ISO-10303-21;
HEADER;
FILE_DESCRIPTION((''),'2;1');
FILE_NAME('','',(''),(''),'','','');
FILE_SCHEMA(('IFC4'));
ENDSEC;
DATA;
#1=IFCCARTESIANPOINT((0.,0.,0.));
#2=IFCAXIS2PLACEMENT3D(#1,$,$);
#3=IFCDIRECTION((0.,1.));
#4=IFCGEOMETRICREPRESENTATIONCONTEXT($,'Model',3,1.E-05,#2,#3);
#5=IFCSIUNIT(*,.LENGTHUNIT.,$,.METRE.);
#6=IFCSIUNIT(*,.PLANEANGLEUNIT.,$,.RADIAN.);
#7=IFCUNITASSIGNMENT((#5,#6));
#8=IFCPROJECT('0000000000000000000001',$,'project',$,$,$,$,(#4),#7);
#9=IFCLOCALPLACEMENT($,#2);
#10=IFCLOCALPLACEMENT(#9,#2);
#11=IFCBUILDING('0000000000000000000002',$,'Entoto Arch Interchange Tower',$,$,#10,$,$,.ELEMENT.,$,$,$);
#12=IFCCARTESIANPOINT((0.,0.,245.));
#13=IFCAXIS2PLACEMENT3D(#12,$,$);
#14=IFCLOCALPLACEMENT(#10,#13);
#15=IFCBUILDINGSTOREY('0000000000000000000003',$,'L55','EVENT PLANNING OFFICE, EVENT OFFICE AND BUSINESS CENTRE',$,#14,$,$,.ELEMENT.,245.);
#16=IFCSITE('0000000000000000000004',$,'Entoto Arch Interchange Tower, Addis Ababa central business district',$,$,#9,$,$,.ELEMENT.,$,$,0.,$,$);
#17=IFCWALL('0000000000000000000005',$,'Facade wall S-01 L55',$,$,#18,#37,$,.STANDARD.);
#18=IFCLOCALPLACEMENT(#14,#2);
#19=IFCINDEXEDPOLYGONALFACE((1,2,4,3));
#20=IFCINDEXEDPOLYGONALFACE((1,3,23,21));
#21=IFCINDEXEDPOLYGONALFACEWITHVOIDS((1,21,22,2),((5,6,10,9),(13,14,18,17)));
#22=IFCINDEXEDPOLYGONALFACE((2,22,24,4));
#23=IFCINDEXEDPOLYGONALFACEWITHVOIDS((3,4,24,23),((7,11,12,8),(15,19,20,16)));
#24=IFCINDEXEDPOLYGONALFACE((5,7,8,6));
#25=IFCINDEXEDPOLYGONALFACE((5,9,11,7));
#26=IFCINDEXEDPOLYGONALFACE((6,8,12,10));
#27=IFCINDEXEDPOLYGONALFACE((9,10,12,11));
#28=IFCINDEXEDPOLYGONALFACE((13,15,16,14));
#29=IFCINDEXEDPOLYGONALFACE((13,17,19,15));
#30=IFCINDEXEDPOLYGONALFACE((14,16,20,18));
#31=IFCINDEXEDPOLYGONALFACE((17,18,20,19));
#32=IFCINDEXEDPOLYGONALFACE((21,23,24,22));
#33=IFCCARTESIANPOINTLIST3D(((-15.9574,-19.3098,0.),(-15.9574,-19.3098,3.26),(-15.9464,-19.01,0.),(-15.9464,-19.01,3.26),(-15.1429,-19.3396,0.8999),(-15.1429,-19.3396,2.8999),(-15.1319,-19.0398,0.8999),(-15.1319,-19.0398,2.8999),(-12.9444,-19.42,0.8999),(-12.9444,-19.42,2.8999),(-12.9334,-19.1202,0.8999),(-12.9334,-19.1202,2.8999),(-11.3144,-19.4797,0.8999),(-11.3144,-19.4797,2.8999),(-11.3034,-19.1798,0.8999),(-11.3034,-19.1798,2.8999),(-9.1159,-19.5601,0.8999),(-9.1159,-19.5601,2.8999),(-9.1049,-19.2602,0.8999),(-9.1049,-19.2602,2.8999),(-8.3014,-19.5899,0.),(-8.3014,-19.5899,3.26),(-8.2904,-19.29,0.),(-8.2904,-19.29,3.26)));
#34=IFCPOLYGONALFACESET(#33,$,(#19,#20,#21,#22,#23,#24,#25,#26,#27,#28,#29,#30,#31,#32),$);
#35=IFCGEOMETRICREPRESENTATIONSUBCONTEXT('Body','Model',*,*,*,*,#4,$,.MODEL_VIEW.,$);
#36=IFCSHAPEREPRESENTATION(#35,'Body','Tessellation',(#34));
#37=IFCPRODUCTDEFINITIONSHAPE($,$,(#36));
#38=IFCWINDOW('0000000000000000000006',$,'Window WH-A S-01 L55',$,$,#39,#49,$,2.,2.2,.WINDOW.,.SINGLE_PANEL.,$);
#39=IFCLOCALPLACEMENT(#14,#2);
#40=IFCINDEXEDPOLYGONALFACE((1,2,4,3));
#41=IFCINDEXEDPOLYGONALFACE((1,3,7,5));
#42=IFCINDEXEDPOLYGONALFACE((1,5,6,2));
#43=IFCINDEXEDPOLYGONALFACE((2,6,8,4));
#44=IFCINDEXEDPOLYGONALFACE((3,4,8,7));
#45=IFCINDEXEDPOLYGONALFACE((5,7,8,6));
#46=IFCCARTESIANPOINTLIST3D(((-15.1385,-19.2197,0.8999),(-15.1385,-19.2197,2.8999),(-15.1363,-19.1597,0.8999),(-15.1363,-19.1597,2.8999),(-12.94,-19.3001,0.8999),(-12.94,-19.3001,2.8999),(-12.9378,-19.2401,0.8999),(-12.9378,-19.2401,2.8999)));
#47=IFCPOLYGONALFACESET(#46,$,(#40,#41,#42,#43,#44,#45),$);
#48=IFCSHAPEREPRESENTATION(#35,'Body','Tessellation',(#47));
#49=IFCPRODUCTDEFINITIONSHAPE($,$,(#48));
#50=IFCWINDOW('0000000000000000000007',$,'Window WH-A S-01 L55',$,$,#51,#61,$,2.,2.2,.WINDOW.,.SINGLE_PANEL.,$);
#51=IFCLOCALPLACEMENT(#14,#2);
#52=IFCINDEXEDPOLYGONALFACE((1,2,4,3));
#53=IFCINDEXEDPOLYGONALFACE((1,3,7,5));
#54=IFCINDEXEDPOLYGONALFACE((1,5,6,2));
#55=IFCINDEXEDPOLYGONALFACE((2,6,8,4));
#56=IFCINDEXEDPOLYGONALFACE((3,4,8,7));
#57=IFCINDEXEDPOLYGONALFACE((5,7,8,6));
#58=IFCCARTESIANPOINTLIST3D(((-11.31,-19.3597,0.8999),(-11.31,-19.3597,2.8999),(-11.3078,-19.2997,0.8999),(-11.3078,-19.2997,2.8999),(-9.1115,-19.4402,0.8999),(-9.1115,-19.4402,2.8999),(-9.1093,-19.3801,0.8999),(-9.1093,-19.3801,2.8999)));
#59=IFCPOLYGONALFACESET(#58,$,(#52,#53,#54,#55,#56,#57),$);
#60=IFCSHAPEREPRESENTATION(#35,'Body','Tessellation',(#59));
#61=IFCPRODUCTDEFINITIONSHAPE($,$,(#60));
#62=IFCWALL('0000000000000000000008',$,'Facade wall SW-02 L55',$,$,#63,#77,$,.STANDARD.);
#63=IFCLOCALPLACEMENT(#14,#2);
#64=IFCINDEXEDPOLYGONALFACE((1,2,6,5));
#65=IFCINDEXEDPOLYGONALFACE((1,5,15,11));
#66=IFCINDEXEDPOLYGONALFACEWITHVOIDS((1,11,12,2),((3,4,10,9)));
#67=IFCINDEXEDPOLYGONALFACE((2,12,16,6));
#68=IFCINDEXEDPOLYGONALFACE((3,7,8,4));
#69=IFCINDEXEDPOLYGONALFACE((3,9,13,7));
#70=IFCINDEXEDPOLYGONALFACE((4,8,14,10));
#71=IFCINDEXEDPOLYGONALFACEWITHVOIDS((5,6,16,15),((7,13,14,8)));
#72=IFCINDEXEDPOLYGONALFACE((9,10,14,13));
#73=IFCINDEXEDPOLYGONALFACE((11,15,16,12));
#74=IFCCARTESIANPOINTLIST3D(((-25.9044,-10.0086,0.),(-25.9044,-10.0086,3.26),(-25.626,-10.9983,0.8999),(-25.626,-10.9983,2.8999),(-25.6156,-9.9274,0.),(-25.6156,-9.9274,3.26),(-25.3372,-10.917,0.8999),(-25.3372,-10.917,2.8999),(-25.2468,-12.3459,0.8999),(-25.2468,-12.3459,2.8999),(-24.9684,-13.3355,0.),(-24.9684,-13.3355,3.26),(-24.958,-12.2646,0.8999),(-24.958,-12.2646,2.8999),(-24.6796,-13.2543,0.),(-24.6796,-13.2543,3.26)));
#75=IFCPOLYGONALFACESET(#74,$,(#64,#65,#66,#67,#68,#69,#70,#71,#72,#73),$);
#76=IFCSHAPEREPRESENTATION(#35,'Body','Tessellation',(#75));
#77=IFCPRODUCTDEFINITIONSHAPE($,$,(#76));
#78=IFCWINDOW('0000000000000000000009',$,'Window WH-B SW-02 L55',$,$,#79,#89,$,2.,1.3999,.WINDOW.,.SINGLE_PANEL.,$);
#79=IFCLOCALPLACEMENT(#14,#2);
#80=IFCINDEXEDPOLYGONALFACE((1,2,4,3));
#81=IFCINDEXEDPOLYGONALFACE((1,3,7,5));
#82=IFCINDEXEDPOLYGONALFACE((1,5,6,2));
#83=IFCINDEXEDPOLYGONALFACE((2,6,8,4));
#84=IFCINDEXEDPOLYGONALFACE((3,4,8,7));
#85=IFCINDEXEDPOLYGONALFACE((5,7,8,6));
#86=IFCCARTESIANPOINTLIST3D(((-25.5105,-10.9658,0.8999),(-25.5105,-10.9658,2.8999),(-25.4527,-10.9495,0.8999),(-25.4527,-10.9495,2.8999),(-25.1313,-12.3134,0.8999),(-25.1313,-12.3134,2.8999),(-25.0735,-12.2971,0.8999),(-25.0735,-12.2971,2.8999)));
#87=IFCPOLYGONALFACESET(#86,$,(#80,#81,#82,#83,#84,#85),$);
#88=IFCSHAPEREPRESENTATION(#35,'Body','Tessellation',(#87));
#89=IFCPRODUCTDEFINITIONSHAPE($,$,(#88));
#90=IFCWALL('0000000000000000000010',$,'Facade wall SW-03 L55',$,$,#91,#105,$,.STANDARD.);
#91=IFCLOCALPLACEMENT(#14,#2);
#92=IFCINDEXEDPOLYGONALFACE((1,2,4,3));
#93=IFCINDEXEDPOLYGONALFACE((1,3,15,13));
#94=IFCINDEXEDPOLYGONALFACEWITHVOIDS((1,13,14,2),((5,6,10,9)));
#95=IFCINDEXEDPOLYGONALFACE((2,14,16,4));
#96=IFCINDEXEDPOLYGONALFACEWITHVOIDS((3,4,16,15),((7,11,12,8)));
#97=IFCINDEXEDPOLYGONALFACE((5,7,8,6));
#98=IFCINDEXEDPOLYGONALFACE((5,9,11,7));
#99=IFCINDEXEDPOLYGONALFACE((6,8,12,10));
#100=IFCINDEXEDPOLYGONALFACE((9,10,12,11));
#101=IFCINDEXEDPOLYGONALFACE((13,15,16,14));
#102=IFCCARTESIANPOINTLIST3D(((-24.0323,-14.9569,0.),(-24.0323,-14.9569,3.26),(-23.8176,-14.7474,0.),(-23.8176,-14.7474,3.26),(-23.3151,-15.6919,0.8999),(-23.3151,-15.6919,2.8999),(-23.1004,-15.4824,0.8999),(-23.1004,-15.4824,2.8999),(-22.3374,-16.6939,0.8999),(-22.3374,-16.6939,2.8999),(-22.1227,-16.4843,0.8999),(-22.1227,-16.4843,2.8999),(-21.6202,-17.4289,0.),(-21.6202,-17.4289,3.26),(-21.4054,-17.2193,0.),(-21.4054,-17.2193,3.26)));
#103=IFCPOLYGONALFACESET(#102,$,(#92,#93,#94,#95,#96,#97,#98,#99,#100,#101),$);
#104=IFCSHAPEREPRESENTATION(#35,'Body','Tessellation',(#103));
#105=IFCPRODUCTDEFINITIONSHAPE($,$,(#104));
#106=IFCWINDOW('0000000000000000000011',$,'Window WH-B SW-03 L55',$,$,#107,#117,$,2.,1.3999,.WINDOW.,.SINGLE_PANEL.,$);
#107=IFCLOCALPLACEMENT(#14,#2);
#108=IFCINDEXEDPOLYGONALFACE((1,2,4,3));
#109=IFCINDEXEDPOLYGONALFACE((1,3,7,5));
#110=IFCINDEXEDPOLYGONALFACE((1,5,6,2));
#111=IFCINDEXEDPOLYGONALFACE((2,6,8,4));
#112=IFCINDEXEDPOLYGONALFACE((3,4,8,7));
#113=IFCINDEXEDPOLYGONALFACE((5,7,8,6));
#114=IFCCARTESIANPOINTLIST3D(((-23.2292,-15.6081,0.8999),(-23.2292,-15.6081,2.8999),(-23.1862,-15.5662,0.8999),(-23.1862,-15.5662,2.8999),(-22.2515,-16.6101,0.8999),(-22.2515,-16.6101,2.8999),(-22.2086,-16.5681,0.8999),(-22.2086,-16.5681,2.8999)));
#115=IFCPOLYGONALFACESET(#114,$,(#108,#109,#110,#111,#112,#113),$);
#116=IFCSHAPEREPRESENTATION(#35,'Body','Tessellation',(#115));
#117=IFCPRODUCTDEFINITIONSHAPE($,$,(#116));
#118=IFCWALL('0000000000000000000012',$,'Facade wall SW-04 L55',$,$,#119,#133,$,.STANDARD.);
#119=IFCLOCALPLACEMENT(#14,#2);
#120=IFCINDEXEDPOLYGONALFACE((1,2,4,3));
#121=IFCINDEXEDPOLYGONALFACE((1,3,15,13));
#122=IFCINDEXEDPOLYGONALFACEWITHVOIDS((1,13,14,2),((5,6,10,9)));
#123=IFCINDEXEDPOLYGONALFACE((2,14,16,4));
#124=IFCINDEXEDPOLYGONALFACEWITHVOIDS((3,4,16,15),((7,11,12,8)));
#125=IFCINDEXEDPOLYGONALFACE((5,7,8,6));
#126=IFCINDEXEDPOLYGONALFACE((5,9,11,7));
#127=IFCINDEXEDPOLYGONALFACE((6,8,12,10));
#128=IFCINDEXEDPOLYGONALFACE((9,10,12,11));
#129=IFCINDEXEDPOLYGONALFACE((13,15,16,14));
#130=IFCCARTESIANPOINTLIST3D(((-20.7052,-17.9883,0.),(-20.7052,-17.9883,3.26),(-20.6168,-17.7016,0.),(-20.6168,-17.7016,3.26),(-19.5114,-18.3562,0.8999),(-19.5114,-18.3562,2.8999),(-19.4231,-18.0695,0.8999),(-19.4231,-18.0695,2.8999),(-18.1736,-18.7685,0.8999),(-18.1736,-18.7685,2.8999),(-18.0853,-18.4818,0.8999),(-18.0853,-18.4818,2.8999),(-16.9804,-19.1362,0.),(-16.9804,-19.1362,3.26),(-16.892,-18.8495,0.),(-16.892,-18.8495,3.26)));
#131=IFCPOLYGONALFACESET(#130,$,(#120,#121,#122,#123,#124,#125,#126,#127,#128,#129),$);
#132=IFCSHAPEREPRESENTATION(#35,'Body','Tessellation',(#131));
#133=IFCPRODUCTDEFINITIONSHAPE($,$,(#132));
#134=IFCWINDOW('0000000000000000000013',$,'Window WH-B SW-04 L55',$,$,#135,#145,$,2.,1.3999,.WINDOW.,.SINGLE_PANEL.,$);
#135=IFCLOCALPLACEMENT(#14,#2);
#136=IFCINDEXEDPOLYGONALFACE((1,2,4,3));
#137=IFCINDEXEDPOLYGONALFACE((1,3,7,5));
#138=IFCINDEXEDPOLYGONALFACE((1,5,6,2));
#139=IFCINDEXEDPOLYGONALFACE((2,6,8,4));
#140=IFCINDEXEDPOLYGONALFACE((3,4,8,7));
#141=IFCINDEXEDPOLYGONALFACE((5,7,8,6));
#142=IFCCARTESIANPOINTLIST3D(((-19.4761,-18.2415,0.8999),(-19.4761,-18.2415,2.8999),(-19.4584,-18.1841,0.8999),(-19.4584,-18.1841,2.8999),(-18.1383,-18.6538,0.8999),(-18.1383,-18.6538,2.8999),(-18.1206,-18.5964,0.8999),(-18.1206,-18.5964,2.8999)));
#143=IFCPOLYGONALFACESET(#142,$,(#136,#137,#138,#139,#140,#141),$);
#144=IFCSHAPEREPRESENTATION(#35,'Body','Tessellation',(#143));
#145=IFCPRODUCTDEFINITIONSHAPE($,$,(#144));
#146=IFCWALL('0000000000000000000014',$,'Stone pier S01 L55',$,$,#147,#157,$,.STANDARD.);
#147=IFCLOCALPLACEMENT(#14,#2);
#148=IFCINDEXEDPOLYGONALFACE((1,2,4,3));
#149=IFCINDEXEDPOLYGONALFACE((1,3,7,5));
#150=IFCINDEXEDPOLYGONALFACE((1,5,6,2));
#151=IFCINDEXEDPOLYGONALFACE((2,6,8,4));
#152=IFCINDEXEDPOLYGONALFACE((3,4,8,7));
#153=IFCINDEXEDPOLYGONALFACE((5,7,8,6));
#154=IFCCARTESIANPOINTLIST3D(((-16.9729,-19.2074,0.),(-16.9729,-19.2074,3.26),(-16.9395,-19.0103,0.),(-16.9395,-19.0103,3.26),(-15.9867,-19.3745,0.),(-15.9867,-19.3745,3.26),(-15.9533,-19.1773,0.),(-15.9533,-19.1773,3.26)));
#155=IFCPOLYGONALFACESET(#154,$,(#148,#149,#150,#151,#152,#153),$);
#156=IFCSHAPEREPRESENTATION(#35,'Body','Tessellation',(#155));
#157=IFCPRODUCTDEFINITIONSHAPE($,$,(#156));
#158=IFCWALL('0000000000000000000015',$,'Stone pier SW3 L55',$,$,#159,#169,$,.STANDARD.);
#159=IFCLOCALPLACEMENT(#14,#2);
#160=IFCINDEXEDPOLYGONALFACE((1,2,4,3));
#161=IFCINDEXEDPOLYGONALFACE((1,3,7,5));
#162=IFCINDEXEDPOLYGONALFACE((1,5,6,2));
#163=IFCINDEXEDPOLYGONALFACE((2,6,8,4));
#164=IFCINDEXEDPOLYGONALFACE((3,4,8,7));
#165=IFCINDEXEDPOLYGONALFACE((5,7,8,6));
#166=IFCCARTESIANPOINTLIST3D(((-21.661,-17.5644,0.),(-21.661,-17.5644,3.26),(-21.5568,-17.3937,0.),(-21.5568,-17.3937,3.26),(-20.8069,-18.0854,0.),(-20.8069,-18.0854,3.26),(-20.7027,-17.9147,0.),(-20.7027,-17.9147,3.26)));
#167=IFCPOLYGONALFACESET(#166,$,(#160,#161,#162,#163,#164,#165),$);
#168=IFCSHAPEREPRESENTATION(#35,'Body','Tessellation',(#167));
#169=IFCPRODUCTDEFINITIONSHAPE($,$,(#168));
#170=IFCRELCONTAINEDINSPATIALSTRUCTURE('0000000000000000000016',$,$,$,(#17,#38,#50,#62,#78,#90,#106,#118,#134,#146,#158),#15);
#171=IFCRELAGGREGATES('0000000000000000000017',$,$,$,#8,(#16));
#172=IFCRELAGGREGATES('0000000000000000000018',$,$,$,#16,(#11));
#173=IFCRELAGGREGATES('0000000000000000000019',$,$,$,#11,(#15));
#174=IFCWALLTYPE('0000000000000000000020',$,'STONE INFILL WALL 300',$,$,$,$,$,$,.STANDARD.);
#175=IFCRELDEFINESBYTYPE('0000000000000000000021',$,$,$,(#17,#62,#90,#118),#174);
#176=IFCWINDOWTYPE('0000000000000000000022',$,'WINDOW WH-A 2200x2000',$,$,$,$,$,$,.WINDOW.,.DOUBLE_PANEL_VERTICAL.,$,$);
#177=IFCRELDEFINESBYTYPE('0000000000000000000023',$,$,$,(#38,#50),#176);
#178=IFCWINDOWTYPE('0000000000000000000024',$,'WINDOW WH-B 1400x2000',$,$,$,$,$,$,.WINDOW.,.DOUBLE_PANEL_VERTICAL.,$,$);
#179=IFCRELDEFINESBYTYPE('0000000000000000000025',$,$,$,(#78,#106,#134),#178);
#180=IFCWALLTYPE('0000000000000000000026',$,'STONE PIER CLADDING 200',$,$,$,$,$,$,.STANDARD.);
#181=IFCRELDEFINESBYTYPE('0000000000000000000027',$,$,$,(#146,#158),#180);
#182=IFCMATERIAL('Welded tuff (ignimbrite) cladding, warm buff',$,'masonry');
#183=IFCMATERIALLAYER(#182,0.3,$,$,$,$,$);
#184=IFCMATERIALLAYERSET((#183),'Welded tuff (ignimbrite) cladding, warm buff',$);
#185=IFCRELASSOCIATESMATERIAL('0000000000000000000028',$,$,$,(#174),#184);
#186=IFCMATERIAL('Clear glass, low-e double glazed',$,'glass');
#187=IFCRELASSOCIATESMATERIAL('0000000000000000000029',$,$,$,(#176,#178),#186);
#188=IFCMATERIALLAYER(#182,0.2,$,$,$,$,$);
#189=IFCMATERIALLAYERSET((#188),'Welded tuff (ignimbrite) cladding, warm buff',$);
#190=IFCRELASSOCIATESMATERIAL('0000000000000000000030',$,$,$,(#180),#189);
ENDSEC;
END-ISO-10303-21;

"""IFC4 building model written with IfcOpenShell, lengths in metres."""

from ifc_helpers import new_model, si_unit, direction, frame, frame_2d, origin, place, context, subcontext, project, spatial, rectangle, extrude, material, layer, layer_set, type_object, element, fill, save


model = new_model("IFC4")

# Units and contexts
model_context = context("Model", 3, precision=1e-05, world=origin(), true_north=direction((0.0, 1.0)))
body_context = subcontext(model_context, "Body", "Model", "MODEL_VIEW")
ifc_project = project(units=[si_unit("LENGTHUNIT", "METRE"), si_unit("PLANEANGLEUNIT", "RADIAN")], contexts=[model_context])

# Site, building, storey
site_placement = place(None, origin())
site = spatial("IfcSite", under=ifc_project, at=site_placement, Name="Entoto Arch Interchange Tower, Addis Ababa central business district", CompositionType="ELEMENT", RefElevation=0.0)
building_placement = place(site_placement, origin())
building = spatial("IfcBuilding", under=site, at=building_placement, Name="Entoto Arch Interchange Tower", CompositionType="ELEMENT")
storey_placement = place(building_placement, frame((0.0, 0.0, 245.0)))
storey = spatial("IfcBuildingStorey", under=building, at=storey_placement, Name="L55", Description="EVENT PLANNING OFFICE, EVENT OFFICE AND BUSINESS CENTRE", CompositionType="ELEMENT", Elevation=245.0)

# Wall, openings, windows
ifc_material_1 = material(Name="Welded tuff (ignimbrite) cladding, warm buff", Category="masonry")
ifc_layer_1 = layer(ifc_material_1, 0.3)
ifc_layer_set_1 = layer_set([ifc_layer_1], Name="Welded tuff (ignimbrite) cladding, warm buff")
wall_type_1 = type_object("IfcWallType", Name="STONE INFILL WALL 300", PredefinedType="STANDARD", material=ifc_layer_set_1)
wall_1_placement = place(storey_placement, frame((-15.9519, -19.1599, 0.0), z_axis=(0.0, 0.0, 1.0), x_axis=(0.999332, -0.036552, 0.0)))
wall_1 = element("IfcWall", 1, at=wall_1_placement, inside=storey, type_object=wall_type_1, Name="Facade wall S-01 L55", PredefinedType="STANDARD", context=body_context, shape_type="SweptSolid", body=[
    extrude(rectangle(XDim=7.6611, YDim=0.3, at=frame_2d((3.8306, 0.0))), origin(), (0.0, 0.0, 1.0), 3.26),
])
opening_1_placement = place(wall_1_placement, frame((0.8149, 0.0, 0.8999)))
opening_1 = element("IfcOpeningElement", 2, at=opening_1_placement, cuts=wall_1, PredefinedType="OPENING", context=body_context, shape_type="SweptSolid", body=[
    extrude(rectangle(XDim=2.2, YDim=2.0, at=frame_2d((1.1001, 1.0))), frame((0.0, 0.1602, 0.0), z_axis=(0.0, -1.0, 0.0), x_axis=(1.0, 0.0, 0.0)), (0.0, 0.0, 1.0), 0.3201),
])
opening_2_placement = place(wall_1_placement, frame((4.646, 0.0, 0.8999)))
opening_2 = element("IfcOpeningElement", 3, at=opening_2_placement, cuts=wall_1, PredefinedType="OPENING", context=body_context, shape_type="SweptSolid", body=[
    extrude(rectangle(XDim=2.2, YDim=2.0, at=frame_2d((1.1001, 1.0))), frame((0.0, 0.1602, 0.0), z_axis=(0.0, -1.0, 0.0), x_axis=(1.0, 0.0, 0.0)), (0.0, 0.0, 1.0), 0.3201),
])
ifc_material_2 = material(Name="Clear glass, low-e double glazed", Category="glass")
window_type_1 = type_object("IfcWindowType", Name="WINDOW WH-A 2200x2000", PartitioningType="DOUBLE_PANEL_VERTICAL", PredefinedType="WINDOW", material=ifc_material_2)
window_1_placement = place(opening_1_placement, origin())
window_1 = element("IfcWindow", 4, at=window_1_placement, inside=storey, type_object=window_type_1, Name="Window WH-A S-01 L55", OverallHeight=2.0, OverallWidth=2.2, PartitioningType="SINGLE_PANEL", PredefinedType="WINDOW", context=body_context, shape_type="SweptSolid", body=[
    extrude(rectangle(XDim=2.2, YDim=2.0, at=frame_2d((1.1001, 1.0))), frame((0.0, 0.03, 0.0), z_axis=(0.0, -1.0, 0.0), x_axis=(1.0, 0.0, 0.0)), (0.0, 0.0, 1.0), 0.0601),
])
fill(opening_1, window_1)
window_2_placement = place(opening_2_placement, origin())
window_2 = element("IfcWindow", 5, at=window_2_placement, inside=storey, type_object=window_type_1, Name="Window WH-A S-01 L55", OverallHeight=2.0, OverallWidth=2.2, PartitioningType="SINGLE_PANEL", PredefinedType="WINDOW", context=body_context, shape_type="SweptSolid", body=[
    extrude(rectangle(XDim=2.2, YDim=2.0, at=frame_2d((1.1001, 1.0))), frame((0.0, 0.03, 0.0), z_axis=(0.0, -1.0, 0.0), x_axis=(1.0, 0.0, 0.0)), (0.0, 0.0, 1.0), 0.0601),
])
fill(opening_2, window_2)

# Walls, openings, windows
wall_2_placement = place(storey_placement, frame((-25.76, -9.968, 0.0), z_axis=(0.0, 0.0, 1.0), x_axis=(0.270838, -0.962625, 0.0)))
wall_2 = element("IfcWall", 6, at=wall_2_placement, inside=storey, type_object=wall_type_1, Name="Facade wall SW-02 L55", PredefinedType="STANDARD", context=body_context, shape_type="SweptSolid", body=[
    extrude(rectangle(XDim=3.4561, YDim=0.3, at=frame_2d((1.728, 0.0))), origin(), (0.0, 0.0, 1.0), 3.26),
])
opening_3_placement = place(wall_2_placement, frame((1.0281, 0.0, 0.8999)))
opening_3 = element("IfcOpeningElement", 7, at=opening_3_placement, cuts=wall_2, PredefinedType="OPENING", context=body_context, shape_type="SweptSolid", body=[
    extrude(rectangle(XDim=1.3999, YDim=2.0, at=frame_2d((0.7, 1.0))), frame((0.0, 0.1602, 0.0), z_axis=(0.0, -1.0, 0.0), x_axis=(1.0, 0.0, 0.0)), (0.0, 0.0, 1.0), 0.3201),
])
window_type_2 = type_object("IfcWindowType", Name="WINDOW WH-B 1400x2000", PartitioningType="DOUBLE_PANEL_VERTICAL", PredefinedType="WINDOW", material=ifc_material_2)
window_3_placement = place(opening_3_placement, origin())
window_3 = element("IfcWindow", 8, at=window_3_placement, inside=storey, type_object=window_type_2, Name="Window WH-B SW-02 L55", OverallHeight=2.0, OverallWidth=1.3999, PartitioningType="SINGLE_PANEL", PredefinedType="WINDOW", context=body_context, shape_type="SweptSolid", body=[
    extrude(rectangle(XDim=1.3999, YDim=2.0, at=frame_2d((0.7, 1.0))), frame((0.0, 0.03, 0.0), z_axis=(0.0, -1.0, 0.0), x_axis=(1.0, 0.0, 0.0)), (0.0, 0.0, 1.0), 0.0601),
])
fill(opening_3, window_3)
wall_3_placement = place(storey_placement, frame((-23.925, -14.8521, 0.0), z_axis=(0.0, 0.0, 1.0), x_axis=(0.698395, -0.715713, 0.0)))
wall_3 = element("IfcWall", 9, at=wall_3_placement, inside=storey, type_object=wall_type_1, Name="Facade wall SW-03 L55", PredefinedType="STANDARD", context=body_context, shape_type="SweptSolid", body=[
    extrude(rectangle(XDim=3.4539, YDim=0.3, at=frame_2d((1.7271, 0.0))), origin(), (0.0, 0.0, 1.0), 3.26),
])
opening_4_placement = place(wall_3_placement, frame((1.0271, 0.0, 0.8999)))
opening_4 = element("IfcOpeningElement", 10, at=opening_4_placement, cuts=wall_3, PredefinedType="OPENING", context=body_context, shape_type="SweptSolid", body=[
    extrude(rectangle(XDim=1.3999, YDim=2.0, at=frame_2d((0.7, 1.0))), frame((0.0, 0.1602, 0.0), z_axis=(0.0, -1.0, 0.0), x_axis=(1.0, 0.0, 0.0)), (0.0, 0.0, 1.0), 0.3201),
])
window_4_placement = place(opening_4_placement, origin())
window_4 = element("IfcWindow", 11, at=window_4_placement, inside=storey, type_object=window_type_2, Name="Window WH-B SW-03 L55", OverallHeight=2.0, OverallWidth=1.3999, PartitioningType="SINGLE_PANEL", PredefinedType="WINDOW", context=body_context, shape_type="SweptSolid", body=[
    extrude(rectangle(XDim=1.3999, YDim=2.0, at=frame_2d((0.7, 1.0))), frame((0.0, 0.03, 0.0), z_axis=(0.0, -1.0, 0.0), x_axis=(1.0, 0.0, 0.0)), (0.0, 0.0, 1.0), 0.0601),
])
fill(opening_4, window_4)
wall_4_placement = place(storey_placement, frame((-20.6609, -17.845, 0.0), z_axis=(0.0, 0.0, 1.0), x_axis=(0.955646, -0.294517, 0.0)))
wall_4 = element("IfcWall", 12, at=wall_4_placement, inside=storey, type_object=wall_type_1, Name="Facade wall SW-04 L55", PredefinedType="STANDARD", context=body_context, shape_type="SweptSolid", body=[
    extrude(rectangle(XDim=3.8977, YDim=0.3, at=frame_2d((1.9487, 0.0))), origin(), (0.0, 0.0, 1.0), 3.26),
])
opening_5_placement = place(wall_4_placement, frame((1.249, 0.0, 0.8999)))
opening_5 = element("IfcOpeningElement", 13, at=opening_5_placement, cuts=wall_4, PredefinedType="OPENING", context=body_context, shape_type="SweptSolid", body=[
    extrude(rectangle(XDim=1.3999, YDim=2.0, at=frame_2d((0.7, 1.0))), frame((0.0, 0.1602, 0.0), z_axis=(0.0, -1.0, 0.0), x_axis=(1.0, 0.0, 0.0)), (0.0, 0.0, 1.0), 0.3201),
])
window_5_placement = place(opening_5_placement, origin())
window_5 = element("IfcWindow", 14, at=window_5_placement, inside=storey, type_object=window_type_2, Name="Window WH-B SW-04 L55", OverallHeight=2.0, OverallWidth=1.3999, PartitioningType="SINGLE_PANEL", PredefinedType="WINDOW", context=body_context, shape_type="SweptSolid", body=[
    extrude(rectangle(XDim=1.3999, YDim=2.0, at=frame_2d((0.7, 1.0))), frame((0.0, 0.03, 0.0), z_axis=(0.0, -1.0, 0.0), x_axis=(1.0, 0.0, 0.0)), (0.0, 0.0, 1.0), 0.0601),
])
fill(opening_5, window_5)

# Walls
ifc_layer_2 = layer(ifc_material_1, 0.2)
ifc_layer_set_2 = layer_set([ifc_layer_2], Name="Welded tuff (ignimbrite) cladding, warm buff")
wall_type_2 = type_object("IfcWallType", Name="STONE PIER CLADDING 200", PredefinedType="STANDARD", material=ifc_layer_set_2)
wall_5_placement = place(storey_placement, frame((-16.9561, -19.1089, 0.0), z_axis=(0.0, 0.0, 1.0), x_axis=(0.985962, -0.166971, 0.0)))
element("IfcWall", 15, at=wall_5_placement, inside=storey, type_object=wall_type_2, Name="Stone pier S01 L55", PredefinedType="STANDARD", context=body_context, shape_type="SweptSolid", body=[
    extrude(rectangle(XDim=1.0002, YDim=0.2, at=frame_2d((0.5, 0.0))), origin(), (0.0, 0.0, 1.0), 3.26),
])
wall_6_placement = place(storey_placement, frame((-21.6089, -17.479, 0.0), z_axis=(0.0, 0.0, 1.0), x_axis=(0.85368, -0.520798, 0.0)))
element("IfcWall", 16, at=wall_6_placement, inside=storey, type_object=wall_type_2, Name="Stone pier SW3 L55", PredefinedType="STANDARD", context=body_context, shape_type="SweptSolid", body=[
    extrude(rectangle(XDim=1.0005, YDim=0.2, at=frame_2d((0.5002, 0.0))), origin(), (0.0, 0.0, 1.0), 3.26),
])

save(model, "model.ifc")
